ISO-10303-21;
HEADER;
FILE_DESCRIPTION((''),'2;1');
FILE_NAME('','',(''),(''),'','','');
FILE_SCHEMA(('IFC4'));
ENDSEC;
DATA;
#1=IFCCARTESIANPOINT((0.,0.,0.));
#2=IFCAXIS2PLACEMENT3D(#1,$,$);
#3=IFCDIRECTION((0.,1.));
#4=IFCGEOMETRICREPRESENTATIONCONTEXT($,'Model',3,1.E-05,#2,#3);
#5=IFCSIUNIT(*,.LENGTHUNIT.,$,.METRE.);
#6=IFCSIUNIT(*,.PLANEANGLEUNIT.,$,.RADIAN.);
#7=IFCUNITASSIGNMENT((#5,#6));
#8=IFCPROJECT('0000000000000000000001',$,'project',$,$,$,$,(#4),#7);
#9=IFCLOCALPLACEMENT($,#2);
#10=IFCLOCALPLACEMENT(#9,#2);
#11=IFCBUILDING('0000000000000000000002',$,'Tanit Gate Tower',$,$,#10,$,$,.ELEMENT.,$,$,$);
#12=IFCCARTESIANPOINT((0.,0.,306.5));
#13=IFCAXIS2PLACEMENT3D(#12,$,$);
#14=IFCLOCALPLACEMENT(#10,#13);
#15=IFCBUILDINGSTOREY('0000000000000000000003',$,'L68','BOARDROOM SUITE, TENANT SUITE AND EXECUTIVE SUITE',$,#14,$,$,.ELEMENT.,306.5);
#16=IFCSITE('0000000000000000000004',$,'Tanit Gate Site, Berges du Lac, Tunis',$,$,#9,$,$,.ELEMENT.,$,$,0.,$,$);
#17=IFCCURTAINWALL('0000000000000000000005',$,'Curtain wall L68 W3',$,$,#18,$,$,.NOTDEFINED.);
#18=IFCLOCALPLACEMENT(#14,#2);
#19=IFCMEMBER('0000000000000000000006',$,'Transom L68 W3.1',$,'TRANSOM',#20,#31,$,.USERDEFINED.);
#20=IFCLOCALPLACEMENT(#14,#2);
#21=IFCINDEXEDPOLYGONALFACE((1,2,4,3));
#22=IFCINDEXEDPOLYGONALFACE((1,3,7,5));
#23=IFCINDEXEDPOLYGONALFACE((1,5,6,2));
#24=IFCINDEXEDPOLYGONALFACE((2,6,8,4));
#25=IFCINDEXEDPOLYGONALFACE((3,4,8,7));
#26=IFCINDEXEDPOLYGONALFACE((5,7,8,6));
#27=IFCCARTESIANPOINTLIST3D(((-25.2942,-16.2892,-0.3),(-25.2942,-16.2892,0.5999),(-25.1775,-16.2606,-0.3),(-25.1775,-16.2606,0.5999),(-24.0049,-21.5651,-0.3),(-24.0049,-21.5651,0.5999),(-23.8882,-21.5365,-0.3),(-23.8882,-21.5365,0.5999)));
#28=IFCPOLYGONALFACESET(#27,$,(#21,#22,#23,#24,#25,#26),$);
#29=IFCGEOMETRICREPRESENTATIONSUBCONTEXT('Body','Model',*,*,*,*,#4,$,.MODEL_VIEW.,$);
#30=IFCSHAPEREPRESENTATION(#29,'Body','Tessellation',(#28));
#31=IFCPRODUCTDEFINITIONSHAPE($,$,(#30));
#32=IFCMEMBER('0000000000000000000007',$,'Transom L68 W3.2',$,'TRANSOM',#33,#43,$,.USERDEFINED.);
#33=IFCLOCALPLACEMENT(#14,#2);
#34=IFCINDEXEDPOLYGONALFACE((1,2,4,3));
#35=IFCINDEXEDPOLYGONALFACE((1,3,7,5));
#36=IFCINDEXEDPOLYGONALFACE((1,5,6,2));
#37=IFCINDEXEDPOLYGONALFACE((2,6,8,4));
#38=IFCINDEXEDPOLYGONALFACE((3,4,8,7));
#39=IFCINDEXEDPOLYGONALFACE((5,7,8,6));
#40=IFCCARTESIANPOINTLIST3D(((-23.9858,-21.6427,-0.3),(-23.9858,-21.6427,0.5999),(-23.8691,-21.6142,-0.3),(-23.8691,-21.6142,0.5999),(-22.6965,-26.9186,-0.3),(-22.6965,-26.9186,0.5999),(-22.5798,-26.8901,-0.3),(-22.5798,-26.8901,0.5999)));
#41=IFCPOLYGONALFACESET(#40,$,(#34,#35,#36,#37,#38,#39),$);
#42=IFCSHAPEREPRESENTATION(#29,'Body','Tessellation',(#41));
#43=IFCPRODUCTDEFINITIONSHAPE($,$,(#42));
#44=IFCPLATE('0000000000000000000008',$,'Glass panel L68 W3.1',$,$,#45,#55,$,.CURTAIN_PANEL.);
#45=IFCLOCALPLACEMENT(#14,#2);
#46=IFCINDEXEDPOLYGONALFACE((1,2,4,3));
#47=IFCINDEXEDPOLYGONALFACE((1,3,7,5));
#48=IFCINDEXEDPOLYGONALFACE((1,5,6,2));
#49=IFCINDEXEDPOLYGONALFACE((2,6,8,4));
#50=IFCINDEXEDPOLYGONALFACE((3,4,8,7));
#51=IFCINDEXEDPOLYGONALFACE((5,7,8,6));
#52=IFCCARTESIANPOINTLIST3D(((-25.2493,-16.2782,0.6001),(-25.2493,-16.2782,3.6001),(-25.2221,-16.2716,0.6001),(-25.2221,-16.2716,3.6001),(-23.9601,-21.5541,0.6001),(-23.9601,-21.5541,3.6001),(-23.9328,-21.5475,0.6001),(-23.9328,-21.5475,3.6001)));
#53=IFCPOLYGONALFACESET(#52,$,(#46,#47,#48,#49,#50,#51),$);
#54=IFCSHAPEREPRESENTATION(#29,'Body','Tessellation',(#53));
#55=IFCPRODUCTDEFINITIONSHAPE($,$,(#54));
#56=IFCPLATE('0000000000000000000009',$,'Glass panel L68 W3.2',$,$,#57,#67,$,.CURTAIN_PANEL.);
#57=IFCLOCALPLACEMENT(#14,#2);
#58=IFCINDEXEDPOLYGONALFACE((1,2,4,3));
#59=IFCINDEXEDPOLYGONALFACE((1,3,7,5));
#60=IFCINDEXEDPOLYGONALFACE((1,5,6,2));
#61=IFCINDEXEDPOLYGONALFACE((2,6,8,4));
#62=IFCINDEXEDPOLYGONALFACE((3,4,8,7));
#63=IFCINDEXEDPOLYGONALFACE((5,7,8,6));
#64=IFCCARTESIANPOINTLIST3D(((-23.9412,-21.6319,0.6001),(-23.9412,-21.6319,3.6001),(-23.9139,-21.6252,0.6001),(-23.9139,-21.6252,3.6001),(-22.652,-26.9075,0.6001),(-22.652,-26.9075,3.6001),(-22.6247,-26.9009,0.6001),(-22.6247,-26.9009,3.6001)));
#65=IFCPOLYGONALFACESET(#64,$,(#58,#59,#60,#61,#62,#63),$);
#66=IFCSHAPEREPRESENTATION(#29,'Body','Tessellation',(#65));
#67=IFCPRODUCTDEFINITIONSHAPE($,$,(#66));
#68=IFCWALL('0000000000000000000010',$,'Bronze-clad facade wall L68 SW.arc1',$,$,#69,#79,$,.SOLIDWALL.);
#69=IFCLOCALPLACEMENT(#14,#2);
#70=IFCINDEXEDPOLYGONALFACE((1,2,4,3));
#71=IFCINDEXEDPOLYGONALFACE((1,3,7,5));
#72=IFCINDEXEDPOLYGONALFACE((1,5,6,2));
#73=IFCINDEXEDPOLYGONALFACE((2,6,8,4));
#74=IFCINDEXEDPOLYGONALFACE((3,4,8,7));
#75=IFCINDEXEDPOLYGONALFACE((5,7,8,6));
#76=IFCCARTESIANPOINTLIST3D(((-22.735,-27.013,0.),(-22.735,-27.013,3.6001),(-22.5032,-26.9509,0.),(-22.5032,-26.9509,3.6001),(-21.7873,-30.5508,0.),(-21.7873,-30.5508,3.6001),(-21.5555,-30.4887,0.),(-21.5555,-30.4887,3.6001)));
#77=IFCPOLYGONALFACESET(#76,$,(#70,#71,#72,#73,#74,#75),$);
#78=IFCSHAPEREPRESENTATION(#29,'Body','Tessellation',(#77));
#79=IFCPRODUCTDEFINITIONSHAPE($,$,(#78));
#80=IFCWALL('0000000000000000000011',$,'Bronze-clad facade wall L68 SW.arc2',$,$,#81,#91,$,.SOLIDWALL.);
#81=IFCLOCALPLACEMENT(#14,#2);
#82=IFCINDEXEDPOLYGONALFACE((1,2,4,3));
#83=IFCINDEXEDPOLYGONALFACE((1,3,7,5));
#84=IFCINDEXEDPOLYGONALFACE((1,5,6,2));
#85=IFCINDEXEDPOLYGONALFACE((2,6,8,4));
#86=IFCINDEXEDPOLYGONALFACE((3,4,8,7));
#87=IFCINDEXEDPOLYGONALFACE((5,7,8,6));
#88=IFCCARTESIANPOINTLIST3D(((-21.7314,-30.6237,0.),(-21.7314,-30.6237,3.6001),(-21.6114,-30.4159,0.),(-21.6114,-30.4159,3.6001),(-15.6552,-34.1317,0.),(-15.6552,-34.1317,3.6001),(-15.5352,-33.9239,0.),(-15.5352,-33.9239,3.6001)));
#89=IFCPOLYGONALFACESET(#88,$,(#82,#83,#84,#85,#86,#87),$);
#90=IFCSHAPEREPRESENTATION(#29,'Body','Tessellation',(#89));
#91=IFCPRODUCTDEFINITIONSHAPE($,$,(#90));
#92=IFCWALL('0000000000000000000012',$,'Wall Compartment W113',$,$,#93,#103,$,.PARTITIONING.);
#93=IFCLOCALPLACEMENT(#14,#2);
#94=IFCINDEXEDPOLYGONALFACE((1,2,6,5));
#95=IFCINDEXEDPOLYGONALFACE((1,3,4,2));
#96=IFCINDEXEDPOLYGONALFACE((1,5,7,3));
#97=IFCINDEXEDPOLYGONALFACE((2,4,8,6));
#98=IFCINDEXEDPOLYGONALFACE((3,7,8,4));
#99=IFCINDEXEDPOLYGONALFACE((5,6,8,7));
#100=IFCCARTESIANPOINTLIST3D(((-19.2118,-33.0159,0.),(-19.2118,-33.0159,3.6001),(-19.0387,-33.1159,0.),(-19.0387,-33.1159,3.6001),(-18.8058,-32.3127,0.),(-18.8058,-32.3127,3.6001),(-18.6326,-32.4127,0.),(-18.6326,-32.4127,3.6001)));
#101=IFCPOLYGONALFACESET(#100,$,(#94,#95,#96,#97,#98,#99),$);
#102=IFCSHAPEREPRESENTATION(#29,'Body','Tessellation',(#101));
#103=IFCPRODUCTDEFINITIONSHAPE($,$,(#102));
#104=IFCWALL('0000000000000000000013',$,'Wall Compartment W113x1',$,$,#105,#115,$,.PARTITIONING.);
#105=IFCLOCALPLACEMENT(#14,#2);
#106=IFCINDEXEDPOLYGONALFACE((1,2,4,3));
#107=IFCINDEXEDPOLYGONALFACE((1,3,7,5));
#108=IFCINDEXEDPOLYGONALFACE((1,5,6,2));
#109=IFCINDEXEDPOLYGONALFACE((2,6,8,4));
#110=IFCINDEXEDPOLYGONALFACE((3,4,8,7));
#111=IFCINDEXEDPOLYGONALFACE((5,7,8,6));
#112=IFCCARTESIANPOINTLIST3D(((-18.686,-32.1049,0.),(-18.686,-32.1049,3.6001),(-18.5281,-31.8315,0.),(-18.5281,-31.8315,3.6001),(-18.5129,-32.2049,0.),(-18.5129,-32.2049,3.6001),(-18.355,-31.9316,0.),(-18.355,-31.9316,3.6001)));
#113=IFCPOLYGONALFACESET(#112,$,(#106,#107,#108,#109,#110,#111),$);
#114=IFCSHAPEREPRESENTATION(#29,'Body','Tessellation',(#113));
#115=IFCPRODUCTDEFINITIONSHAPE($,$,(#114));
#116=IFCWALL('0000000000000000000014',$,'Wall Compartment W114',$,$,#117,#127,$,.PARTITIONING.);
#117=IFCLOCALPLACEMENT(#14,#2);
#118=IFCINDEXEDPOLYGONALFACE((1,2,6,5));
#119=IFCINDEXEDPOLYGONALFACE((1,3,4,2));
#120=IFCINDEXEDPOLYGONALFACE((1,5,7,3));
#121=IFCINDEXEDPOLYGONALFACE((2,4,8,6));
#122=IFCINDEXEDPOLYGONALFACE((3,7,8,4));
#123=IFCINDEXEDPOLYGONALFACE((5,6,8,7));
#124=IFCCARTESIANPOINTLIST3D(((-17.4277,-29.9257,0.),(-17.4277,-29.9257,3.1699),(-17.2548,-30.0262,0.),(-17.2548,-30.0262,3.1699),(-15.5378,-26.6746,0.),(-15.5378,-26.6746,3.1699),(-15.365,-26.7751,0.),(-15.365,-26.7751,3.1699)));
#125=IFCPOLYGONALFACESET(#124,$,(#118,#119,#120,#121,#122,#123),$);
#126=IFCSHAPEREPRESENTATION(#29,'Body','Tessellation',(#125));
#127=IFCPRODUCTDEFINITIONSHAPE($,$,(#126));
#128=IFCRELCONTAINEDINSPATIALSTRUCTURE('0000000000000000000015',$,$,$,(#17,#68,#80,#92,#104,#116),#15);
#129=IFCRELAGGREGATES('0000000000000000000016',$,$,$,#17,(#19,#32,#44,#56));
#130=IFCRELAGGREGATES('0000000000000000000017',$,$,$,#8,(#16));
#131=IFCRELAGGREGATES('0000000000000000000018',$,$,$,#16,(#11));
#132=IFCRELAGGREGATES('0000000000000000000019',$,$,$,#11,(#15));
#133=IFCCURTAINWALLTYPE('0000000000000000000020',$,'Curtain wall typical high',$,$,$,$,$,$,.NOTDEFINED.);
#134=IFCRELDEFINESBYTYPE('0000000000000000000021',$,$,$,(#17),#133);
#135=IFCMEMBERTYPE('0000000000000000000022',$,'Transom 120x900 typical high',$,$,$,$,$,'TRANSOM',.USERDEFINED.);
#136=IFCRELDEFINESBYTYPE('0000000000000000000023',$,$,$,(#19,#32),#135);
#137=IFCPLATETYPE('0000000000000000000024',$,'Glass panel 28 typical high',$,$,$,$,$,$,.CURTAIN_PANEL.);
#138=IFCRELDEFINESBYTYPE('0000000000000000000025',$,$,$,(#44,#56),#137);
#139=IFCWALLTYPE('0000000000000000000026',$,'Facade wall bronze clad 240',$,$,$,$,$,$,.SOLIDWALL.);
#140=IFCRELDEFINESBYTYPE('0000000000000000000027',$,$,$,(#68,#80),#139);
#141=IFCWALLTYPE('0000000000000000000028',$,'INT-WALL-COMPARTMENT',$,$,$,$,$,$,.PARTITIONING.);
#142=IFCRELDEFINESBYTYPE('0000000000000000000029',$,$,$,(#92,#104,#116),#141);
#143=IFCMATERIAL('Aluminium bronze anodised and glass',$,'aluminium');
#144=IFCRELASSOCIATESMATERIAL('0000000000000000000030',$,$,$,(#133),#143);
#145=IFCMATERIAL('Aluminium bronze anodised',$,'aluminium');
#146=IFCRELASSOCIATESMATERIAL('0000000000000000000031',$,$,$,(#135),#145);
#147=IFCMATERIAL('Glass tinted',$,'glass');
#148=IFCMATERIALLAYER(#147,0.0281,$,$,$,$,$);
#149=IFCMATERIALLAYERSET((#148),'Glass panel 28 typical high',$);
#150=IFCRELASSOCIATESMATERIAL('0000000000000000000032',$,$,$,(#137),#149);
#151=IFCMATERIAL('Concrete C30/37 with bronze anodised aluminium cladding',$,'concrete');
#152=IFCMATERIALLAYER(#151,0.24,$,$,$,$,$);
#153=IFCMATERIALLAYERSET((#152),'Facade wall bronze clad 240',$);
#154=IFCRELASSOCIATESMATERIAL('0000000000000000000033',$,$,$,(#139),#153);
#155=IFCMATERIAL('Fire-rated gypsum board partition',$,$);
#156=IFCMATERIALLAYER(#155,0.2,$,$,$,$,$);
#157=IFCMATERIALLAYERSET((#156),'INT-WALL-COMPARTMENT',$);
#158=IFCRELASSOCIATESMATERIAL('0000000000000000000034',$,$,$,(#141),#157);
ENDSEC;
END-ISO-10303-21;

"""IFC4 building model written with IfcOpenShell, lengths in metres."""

from ifc_helpers import new_model, si_unit, direction, frame, frame_2d, origin, origin_2d, place, context, subcontext, project, spatial, rectangle, extrude, material, layer, layer_set, material_profile, profile_set, type_object, element, aggregate, save


model = new_model("IFC4")

# Units and contexts
model_context = context("Model", 3, precision=1e-05, world=origin(), true_north=direction((0.0, 1.0)))
body_context = subcontext(model_context, "Body", "Model", "MODEL_VIEW")
ifc_project = project(units=[si_unit("LENGTHUNIT", "METRE"), si_unit("PLANEANGLEUNIT", "RADIAN")], contexts=[model_context])

# Site, building, storey
site_placement = place(None, origin())
site = spatial("IfcSite", under=ifc_project, at=site_placement, Name="Tanit Gate Site, Berges du Lac, Tunis", CompositionType="ELEMENT", RefElevation=0.0)
building_placement = place(site_placement, origin())
building = spatial("IfcBuilding", under=site, at=building_placement, Name="Tanit Gate Tower", CompositionType="ELEMENT")
storey_placement = place(building_placement, frame((0.0, 0.0, 306.5)))
storey = spatial("IfcBuildingStorey", under=building, at=storey_placement, Name="L68", Description="BOARDROOM SUITE, TENANT SUITE AND EXECUTIVE SUITE", CompositionType="ELEMENT", Elevation=306.5)

# Curtain wall
ifc_material_1 = material(Name="Aluminium bronze anodised and glass", Category="aluminium")
curtain_wall_type = type_object("IfcCurtainWallType", Name="Curtain wall typical high", PredefinedType="NOTDEFINED", material=ifc_material_1)
curtain_wall_1_placement = place(storey_placement, origin())
curtain_wall_1 = element("IfcCurtainWall", 1, at=curtain_wall_1_placement, inside=storey, type_object=curtain_wall_type, Name="Curtain wall L68 W3", PredefinedType="NOTDEFINED")

# Members
ifc_material_2 = material(Name="Aluminium bronze anodised", Category="aluminium")
ifc_material_profile_1 = material_profile(ifc_material_2, rectangle(XDim=0.1201, YDim=0.8999, at=origin_2d()), Name="120x900 bronze transom")
ifc_profile_set_1 = profile_set([ifc_material_profile_1], Name="Aluminium bronze anodised")
member_type_1 = type_object("IfcMemberType", Name="Transom 120x900 typical high", ElementType="TRANSOM", PredefinedType="USERDEFINED", material=ifc_profile_set_1)
member_1_placement = place(storey_placement, frame((-25.2358, -16.2749, 0.1499), z_axis=(0.237392, -0.971414, 0.0), x_axis=(0.971414, 0.237392, 0.0)))
member_1 = element("IfcMember", 2, at=member_1_placement, type_object=member_type_1, Name="Transom L68 W3.1", ObjectType="TRANSOM", PredefinedType="USERDEFINED", context=body_context, shape_type="SweptSolid", body=[
    extrude(rectangle(XDim=0.1201, YDim=0.8999, at=origin_2d()), origin(), (0.0, 0.0, 1.0), 5.4312),
])
member_2_placement = place(storey_placement, frame((-23.9275, -21.6284, 0.1499), z_axis=(0.237392, -0.971414, 0.0), x_axis=(0.971414, 0.237392, 0.0)))
member_2 = element("IfcMember", 3, at=member_2_placement, type_object=member_type_1, Name="Transom L68 W3.2", ObjectType="TRANSOM", PredefinedType="USERDEFINED", context=body_context, shape_type="SweptSolid", body=[
    extrude(rectangle(XDim=0.1201, YDim=0.8999, at=origin_2d()), origin(), (0.0, 0.0, 1.0), 5.4312),
])

# Plates
ifc_material_3 = material(Name="Glass tinted", Category="glass")
ifc_layer_1 = layer(ifc_material_3, 0.0281)
ifc_layer_set_1 = layer_set([ifc_layer_1], Name="Glass panel 28 typical high")
plate_type = type_object("IfcPlateType", Name="Glass panel 28 typical high", PredefinedType="CURTAIN_PANEL", material=ifc_layer_set_1)
plate_1_placement = place(storey_placement, frame((-24.5911, -18.9128, 0.6001), z_axis=(0.0, 0.0, 1.0), x_axis=(0.237387, -0.971415, 0.0)))
plate_1 = element("IfcPlate", 4, at=plate_1_placement, type_object=plate_type, Name="Glass panel L68 W3.1", PredefinedType="CURTAIN_PANEL", context=body_context, shape_type="SweptSolid", body=[
    extrude(rectangle(XDim=5.4312, YDim=0.0281, at=origin_2d()), origin(), (0.0, 0.0, 1.0), 3.0),
])
plate_2_placement = place(storey_placement, frame((-23.283, -24.2664, 0.6001), z_axis=(0.0, 0.0, 1.0), x_axis=(0.237387, -0.971415, 0.0)))
plate_2 = element("IfcPlate", 5, at=plate_2_placement, type_object=plate_type, Name="Glass panel L68 W3.2", PredefinedType="CURTAIN_PANEL", context=body_context, shape_type="SweptSolid", body=[
    extrude(rectangle(XDim=5.4309, YDim=0.0281, at=origin_2d()), origin(), (0.0, 0.0, 1.0), 3.0),
])
aggregate(curtain_wall_1, [member_1, member_2, plate_1, plate_2])

# Walls
ifc_material_4 = material(Name="Concrete C30/37 with bronze anodised aluminium cladding", Category="concrete")
ifc_layer_2 = layer(ifc_material_4, 0.24)
ifc_layer_set_2 = layer_set([ifc_layer_2], Name="Facade wall bronze clad 240")
wall_type_1 = type_object("IfcWallType", Name="Facade wall bronze clad 240", PredefinedType="SOLIDWALL", material=ifc_layer_set_2)
wall_1_placement = place(storey_placement, frame((-22.6191, -26.9819, 0.0), z_axis=(0.0, 0.0, 1.0), x_axis=(0.258766, -0.96594, 0.0)))
element("IfcWall", 6, at=wall_1_placement, inside=storey, type_object=wall_type_1, Name="Bronze-clad facade wall L68 SW.arc1", PredefinedType="SOLIDWALL", context=body_context, shape_type="SweptSolid", body=[
    extrude(rectangle(XDim=3.6626, YDim=0.24, at=frame_2d((1.8313, 0.0))), origin(), (0.0, 0.0, 1.0), 3.6001),
])
wall_2_placement = place(storey_placement, frame((-21.6714, -30.5198, 0.0), z_axis=(0.0, 0.0, 1.0), x_axis=(0.866027, -0.499998, 0.0)))
element("IfcWall", 7, at=wall_2_placement, inside=storey, type_object=wall_type_1, Name="Bronze-clad facade wall L68 SW.arc2", PredefinedType="SOLIDWALL", context=body_context, shape_type="SweptSolid", body=[
    extrude(rectangle(XDim=7.0161, YDim=0.24, at=frame_2d((3.5081, 0.0))), origin(), (0.0, 0.0, 1.0), 3.6001),
])
ifc_material_5 = material(Name="Fire-rated gypsum board partition")
ifc_layer_3 = layer(ifc_material_5, 0.2)
ifc_layer_set_3 = layer_set([ifc_layer_3], Name="INT-WALL-COMPARTMENT")
wall_type_2 = type_object("IfcWallType", Name="INT-WALL-COMPARTMENT", PredefinedType="PARTITIONING", material=ifc_layer_set_3)
wall_3_placement = place(storey_placement, frame((-19.1252, -33.0659, 0.0), z_axis=(0.0, 0.0, 1.0), x_axis=(0.500052, 0.865995, 0.0)))
element("IfcWall", 8, at=wall_3_placement, inside=storey, type_object=wall_type_2, Name="Wall Compartment W113", PredefinedType="PARTITIONING", context=body_context, shape_type="SweptSolid", body=[
    extrude(rectangle(XDim=0.812, YDim=0.2, at=frame_2d((0.406, 0.0))), origin(), (0.0, 0.0, 1.0), 3.6001),
])
wall_4_placement = place(storey_placement, frame((-18.5994, -32.1548, 0.0), z_axis=(0.0, 0.0, 1.0), x_axis=(0.500213, 0.865902, 0.0)))
element("IfcWall", 9, at=wall_4_placement, inside=storey, type_object=wall_type_2, Name="Wall Compartment W113x1", PredefinedType="PARTITIONING", context=body_context, shape_type="SweptSolid", body=[
    extrude(rectangle(XDim=0.3157, YDim=0.2, at=frame_2d((0.1577, 0.0))), origin(), (0.0, 0.0, 1.0), 3.6001),
])
wall_5_placement = place(storey_placement, frame((-17.3413, -29.9761, 0.0), z_axis=(0.0, 0.0, 1.0), x_axis=(0.50255, 0.864548, 0.0)))
element("IfcWall", 10, at=wall_5_placement, inside=storey, type_object=wall_type_2, Name="Wall Compartment W114", PredefinedType="PARTITIONING", context=body_context, shape_type="SweptSolid", body=[
    extrude(rectangle(XDim=3.7605, YDim=0.2, at=frame_2d((1.8804, 0.0))), origin(), (0.0, 0.0, 1.0), 3.1699),
])

save(model, "model.ifc")
